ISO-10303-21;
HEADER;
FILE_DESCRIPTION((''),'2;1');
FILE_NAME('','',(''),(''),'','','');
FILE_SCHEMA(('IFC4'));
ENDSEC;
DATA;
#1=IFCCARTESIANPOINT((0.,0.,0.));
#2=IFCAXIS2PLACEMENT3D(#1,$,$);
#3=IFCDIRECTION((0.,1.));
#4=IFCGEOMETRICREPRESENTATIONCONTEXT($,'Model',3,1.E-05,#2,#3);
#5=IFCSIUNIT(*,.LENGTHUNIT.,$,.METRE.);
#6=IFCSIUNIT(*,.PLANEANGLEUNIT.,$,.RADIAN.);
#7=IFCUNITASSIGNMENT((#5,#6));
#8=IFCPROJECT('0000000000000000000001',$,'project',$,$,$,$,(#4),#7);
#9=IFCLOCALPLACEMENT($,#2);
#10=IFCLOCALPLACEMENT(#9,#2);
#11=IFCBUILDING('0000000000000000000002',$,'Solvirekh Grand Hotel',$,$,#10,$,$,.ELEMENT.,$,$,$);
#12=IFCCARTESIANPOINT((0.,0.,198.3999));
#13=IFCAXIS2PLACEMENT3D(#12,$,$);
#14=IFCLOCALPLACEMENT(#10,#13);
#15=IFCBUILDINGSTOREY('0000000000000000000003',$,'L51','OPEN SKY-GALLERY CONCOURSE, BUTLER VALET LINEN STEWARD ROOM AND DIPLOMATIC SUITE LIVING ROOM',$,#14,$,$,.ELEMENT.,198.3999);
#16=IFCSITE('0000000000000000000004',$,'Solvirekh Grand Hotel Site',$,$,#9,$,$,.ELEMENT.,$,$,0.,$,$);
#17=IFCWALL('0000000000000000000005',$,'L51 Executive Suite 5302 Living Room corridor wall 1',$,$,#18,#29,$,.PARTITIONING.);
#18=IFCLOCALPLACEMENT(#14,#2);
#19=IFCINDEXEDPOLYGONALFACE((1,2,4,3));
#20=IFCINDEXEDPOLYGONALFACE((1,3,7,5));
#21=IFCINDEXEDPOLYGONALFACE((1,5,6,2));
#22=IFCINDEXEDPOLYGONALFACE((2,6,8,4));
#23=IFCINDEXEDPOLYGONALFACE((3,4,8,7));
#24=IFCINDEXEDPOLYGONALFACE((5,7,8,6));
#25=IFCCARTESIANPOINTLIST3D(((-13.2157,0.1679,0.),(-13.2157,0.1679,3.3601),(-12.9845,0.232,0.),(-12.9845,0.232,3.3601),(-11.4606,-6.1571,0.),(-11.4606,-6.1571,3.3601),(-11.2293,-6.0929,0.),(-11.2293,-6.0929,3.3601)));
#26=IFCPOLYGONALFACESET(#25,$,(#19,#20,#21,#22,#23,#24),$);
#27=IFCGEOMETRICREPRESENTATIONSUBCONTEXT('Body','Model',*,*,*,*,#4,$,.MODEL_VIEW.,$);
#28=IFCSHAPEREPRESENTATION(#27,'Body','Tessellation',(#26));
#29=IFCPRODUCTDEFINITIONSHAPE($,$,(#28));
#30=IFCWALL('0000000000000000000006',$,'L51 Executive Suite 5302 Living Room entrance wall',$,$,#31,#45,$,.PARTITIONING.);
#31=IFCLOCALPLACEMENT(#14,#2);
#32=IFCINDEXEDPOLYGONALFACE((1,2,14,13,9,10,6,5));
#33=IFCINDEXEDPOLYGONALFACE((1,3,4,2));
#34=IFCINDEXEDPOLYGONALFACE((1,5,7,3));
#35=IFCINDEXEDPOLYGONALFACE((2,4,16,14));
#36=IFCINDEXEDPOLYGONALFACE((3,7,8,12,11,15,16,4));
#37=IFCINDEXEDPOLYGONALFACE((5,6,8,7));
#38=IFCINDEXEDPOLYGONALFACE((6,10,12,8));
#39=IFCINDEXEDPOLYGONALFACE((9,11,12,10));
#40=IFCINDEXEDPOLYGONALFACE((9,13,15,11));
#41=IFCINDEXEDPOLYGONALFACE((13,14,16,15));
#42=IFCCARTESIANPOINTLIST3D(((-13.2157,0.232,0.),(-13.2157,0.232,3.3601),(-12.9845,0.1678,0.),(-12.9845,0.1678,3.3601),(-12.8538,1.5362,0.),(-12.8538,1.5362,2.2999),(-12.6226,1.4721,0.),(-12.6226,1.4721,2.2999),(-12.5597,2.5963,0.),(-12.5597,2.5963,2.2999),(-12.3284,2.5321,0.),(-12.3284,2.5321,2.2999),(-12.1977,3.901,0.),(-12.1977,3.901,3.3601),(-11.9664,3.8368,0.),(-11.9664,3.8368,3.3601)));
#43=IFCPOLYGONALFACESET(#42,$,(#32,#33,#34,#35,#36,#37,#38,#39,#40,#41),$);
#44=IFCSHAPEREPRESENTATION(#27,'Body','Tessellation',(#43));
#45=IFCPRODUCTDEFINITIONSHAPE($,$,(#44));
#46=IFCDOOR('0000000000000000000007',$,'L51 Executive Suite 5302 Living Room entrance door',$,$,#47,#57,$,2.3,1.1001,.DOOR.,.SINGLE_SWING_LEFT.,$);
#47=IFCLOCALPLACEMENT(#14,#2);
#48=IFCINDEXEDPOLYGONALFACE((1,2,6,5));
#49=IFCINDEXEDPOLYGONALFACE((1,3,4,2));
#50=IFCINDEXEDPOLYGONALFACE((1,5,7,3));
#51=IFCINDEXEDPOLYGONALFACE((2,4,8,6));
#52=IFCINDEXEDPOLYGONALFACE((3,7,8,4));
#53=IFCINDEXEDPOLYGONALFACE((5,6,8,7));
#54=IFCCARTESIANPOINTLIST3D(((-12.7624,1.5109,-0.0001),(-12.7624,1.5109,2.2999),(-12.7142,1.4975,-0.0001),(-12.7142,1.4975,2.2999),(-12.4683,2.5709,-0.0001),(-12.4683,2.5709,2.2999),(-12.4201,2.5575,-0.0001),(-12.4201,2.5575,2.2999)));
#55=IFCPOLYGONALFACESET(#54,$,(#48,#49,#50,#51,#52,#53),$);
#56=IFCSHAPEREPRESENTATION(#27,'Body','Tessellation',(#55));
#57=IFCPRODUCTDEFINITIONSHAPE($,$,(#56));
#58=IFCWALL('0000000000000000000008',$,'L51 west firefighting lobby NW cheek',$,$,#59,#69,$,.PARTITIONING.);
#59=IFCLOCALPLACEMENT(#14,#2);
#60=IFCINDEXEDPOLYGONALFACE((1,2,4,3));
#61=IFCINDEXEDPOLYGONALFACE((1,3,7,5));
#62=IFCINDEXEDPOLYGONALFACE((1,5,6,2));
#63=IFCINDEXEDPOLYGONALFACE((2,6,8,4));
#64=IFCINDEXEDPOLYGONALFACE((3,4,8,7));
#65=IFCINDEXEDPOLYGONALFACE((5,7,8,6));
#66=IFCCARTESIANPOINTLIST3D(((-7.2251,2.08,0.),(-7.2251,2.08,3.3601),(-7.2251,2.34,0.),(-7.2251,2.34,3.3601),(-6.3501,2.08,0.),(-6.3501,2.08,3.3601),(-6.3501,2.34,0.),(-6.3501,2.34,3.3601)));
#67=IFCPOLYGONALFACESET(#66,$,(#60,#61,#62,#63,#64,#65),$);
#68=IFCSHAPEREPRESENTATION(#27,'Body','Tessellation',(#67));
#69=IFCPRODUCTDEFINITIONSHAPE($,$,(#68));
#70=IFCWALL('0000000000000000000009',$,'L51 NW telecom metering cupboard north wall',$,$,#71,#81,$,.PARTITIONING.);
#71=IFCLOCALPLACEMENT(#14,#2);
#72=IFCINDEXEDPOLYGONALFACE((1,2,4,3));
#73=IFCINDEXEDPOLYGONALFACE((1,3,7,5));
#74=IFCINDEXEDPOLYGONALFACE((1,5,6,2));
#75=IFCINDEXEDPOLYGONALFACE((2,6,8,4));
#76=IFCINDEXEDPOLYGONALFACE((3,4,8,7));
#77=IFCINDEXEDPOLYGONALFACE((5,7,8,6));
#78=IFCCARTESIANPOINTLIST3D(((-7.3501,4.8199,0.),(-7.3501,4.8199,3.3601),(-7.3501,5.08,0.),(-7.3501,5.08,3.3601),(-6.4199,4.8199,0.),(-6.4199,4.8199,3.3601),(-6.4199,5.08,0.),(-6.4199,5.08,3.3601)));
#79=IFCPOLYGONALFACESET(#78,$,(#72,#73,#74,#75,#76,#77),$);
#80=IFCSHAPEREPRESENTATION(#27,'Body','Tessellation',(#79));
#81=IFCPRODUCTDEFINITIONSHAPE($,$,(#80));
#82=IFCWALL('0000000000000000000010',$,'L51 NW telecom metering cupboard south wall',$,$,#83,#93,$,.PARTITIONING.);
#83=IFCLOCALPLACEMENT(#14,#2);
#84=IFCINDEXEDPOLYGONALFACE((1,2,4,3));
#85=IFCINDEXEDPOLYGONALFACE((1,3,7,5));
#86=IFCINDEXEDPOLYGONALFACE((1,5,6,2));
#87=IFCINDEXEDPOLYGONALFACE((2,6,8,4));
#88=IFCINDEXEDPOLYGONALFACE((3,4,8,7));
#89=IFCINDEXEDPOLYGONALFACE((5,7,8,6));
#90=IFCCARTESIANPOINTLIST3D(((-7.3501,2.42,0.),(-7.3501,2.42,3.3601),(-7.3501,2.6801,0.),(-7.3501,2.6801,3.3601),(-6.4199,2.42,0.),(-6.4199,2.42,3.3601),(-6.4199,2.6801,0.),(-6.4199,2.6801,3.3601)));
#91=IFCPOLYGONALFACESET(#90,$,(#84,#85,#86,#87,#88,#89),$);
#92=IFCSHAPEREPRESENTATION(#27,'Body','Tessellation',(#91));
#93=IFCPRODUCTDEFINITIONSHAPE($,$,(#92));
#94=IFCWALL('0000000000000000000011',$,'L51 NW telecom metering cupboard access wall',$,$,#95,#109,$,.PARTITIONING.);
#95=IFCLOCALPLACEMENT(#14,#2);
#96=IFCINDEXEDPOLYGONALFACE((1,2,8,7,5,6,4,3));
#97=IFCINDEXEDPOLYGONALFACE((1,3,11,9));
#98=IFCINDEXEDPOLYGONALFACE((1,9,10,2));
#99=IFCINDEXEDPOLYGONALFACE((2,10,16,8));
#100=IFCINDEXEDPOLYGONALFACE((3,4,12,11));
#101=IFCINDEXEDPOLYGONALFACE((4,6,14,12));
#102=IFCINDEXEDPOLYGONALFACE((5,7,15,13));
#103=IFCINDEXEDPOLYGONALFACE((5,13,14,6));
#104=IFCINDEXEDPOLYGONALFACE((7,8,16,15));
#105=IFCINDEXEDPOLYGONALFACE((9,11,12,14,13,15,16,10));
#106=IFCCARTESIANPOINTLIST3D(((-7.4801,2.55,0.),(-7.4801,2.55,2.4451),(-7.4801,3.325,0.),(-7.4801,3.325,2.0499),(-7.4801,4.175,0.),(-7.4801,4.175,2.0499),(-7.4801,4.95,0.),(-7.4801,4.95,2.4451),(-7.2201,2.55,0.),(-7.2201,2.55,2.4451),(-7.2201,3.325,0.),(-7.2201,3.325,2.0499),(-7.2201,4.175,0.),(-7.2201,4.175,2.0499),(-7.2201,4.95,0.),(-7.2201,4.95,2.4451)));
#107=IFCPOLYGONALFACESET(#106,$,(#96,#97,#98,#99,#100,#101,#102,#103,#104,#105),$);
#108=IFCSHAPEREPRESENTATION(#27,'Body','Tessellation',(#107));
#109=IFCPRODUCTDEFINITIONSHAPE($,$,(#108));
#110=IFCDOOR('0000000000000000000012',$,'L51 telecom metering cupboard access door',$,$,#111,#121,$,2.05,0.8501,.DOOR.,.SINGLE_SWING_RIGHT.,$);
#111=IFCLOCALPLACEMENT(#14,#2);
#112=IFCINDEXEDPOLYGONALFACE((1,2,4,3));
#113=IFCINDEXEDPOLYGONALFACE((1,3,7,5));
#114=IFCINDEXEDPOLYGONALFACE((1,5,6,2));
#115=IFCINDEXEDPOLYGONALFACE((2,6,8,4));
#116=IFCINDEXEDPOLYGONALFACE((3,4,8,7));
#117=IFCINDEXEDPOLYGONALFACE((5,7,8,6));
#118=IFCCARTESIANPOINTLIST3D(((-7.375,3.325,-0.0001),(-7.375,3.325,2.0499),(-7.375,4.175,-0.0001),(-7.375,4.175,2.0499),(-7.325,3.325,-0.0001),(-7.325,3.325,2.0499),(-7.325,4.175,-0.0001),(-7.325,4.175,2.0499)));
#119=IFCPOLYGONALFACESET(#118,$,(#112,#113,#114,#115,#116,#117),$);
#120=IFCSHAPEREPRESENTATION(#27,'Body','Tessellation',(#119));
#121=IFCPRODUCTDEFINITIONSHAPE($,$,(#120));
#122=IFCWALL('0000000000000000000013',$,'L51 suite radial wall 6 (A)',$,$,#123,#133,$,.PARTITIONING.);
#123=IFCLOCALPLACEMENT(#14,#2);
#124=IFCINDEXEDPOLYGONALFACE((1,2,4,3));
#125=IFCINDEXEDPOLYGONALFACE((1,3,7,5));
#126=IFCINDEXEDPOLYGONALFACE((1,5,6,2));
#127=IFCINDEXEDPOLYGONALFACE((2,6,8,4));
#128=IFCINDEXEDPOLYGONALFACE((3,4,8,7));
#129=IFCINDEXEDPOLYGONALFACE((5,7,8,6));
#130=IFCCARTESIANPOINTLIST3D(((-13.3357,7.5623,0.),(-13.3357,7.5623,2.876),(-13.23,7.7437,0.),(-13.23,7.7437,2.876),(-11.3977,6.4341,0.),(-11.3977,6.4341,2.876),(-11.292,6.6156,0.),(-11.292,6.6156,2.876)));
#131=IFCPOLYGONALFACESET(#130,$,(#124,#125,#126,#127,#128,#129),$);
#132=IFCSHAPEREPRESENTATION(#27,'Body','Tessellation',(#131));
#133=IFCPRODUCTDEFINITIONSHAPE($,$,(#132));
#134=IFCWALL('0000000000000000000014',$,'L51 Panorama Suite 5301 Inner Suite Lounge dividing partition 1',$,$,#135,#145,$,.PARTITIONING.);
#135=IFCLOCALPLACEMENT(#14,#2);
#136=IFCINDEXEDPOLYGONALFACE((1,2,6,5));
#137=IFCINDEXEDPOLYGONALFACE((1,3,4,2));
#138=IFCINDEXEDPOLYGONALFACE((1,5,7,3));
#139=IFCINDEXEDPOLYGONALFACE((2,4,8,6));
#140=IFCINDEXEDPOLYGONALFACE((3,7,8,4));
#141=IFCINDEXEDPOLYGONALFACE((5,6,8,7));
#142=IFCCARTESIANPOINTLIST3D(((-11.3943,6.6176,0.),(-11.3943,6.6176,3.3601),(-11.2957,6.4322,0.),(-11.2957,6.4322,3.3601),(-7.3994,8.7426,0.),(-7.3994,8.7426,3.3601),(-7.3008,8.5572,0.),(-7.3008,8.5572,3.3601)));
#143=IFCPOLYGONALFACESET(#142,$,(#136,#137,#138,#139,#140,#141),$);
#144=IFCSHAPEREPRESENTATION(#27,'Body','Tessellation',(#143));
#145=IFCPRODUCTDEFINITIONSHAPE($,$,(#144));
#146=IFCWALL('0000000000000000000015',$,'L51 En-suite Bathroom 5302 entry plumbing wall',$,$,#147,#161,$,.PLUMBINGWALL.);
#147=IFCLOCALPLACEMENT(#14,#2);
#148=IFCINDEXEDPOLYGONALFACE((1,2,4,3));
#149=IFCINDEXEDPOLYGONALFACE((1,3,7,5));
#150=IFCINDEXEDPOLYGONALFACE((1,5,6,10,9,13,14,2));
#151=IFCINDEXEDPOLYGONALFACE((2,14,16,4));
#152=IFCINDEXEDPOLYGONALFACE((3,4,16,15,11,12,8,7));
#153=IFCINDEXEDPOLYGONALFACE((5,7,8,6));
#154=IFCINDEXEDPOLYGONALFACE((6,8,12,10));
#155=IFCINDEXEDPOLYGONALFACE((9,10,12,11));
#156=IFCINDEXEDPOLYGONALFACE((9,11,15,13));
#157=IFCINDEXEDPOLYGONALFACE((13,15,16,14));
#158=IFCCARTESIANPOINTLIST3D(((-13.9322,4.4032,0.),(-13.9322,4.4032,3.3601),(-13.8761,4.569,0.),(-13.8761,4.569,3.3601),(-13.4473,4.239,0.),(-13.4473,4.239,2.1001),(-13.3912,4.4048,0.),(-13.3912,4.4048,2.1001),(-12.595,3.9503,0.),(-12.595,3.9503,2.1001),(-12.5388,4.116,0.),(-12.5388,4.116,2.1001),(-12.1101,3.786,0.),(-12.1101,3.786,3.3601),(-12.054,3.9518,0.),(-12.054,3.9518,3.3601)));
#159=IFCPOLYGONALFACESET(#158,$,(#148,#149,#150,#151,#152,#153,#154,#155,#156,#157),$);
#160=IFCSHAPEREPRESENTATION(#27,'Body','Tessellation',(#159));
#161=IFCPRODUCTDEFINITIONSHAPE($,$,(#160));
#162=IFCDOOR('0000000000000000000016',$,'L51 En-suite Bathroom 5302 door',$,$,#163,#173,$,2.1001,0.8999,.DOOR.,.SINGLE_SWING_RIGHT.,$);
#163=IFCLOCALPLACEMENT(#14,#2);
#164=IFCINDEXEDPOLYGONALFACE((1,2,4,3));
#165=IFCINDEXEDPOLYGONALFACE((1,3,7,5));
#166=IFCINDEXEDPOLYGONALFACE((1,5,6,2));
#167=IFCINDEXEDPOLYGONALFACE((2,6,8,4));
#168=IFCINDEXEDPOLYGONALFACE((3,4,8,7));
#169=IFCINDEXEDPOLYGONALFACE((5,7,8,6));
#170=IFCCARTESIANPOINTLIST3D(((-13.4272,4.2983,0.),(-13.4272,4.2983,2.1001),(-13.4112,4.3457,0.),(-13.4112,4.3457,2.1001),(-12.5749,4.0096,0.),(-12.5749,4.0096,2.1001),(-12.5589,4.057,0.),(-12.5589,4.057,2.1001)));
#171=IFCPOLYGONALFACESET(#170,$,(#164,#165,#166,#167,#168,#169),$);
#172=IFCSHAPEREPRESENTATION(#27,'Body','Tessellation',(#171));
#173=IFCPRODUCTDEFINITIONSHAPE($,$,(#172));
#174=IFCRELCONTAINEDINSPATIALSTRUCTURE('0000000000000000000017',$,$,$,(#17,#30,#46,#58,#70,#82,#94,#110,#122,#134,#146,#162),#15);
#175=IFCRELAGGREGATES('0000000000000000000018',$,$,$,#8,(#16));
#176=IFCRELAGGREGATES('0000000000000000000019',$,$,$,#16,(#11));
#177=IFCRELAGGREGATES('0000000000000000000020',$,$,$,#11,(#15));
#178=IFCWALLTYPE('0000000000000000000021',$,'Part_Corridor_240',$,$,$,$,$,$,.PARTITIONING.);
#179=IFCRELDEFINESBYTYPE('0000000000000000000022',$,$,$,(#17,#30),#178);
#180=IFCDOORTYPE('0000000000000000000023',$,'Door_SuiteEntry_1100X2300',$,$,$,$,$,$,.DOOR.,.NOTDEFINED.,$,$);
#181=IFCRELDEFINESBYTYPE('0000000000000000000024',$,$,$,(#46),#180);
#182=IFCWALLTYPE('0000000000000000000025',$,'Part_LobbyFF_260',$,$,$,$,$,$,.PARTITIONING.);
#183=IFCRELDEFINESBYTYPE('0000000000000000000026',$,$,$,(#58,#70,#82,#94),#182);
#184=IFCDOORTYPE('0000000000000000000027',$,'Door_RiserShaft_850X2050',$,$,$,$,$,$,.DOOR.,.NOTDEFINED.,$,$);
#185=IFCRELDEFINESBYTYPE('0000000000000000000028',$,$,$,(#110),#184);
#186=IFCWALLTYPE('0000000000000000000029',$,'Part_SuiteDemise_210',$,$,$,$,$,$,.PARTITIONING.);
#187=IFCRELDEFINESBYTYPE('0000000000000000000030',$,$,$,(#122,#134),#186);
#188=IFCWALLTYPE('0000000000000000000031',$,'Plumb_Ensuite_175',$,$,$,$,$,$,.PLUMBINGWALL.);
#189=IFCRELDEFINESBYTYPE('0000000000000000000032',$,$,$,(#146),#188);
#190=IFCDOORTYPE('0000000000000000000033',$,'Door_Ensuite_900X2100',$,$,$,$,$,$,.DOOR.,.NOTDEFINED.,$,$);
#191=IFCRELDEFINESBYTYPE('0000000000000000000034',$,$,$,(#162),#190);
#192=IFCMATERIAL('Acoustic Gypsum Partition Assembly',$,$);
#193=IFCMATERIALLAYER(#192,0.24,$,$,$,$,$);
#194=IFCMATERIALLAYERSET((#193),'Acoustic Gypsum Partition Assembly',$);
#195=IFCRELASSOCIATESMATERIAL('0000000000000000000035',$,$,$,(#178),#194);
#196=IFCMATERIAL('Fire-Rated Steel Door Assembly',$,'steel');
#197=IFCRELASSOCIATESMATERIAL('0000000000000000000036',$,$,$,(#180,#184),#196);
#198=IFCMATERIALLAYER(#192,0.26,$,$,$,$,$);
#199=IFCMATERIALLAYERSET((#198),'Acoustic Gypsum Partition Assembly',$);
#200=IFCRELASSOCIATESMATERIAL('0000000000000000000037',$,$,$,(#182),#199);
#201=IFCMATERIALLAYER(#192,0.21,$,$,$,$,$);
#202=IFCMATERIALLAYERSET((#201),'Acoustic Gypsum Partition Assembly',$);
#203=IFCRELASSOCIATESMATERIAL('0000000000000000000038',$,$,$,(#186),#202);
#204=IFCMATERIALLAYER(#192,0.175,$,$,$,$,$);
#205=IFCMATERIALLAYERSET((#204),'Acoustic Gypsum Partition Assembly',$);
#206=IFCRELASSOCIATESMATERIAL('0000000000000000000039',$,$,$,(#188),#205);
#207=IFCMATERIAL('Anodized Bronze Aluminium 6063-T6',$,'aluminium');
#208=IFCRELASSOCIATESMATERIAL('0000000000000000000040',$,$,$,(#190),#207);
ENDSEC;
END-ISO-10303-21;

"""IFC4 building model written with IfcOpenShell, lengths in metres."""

from ifc_helpers import new_model, si_unit, direction, frame, frame_2d, origin, place, context, subcontext, project, spatial, rectangle, extrude, material, layer, layer_set, type_object, element, fill, save


model = new_model("IFC4")

# Units and contexts
model_context = context("Model", 3, precision=1e-05, world=origin(), true_north=direction((0.0, 1.0)))
body_context = subcontext(model_context, "Body", "Model", "MODEL_VIEW")
ifc_project = project(units=[si_unit("LENGTHUNIT", "METRE"), si_unit("PLANEANGLEUNIT", "RADIAN")], contexts=[model_context])

# Site, building, storey
site_placement = place(None, origin())
site = spatial("IfcSite", under=ifc_project, at=site_placement, Name="Solvirekh Grand Hotel Site", CompositionType="ELEMENT", RefElevation=0.0)
building_placement = place(site_placement, origin())
building = spatial("IfcBuilding", under=site, at=building_placement, Name="Solvirekh Grand Hotel", CompositionType="ELEMENT")
storey_placement = place(building_placement, frame((0.0, 0.0, 198.3999)))
storey = spatial("IfcBuildingStorey", under=building, at=storey_placement, Name="L51", Description="OPEN SKY-GALLERY CONCOURSE, BUTLER VALET LINEN STEWARD ROOM AND DIPLOMATIC SUITE LIVING ROOM", CompositionType="ELEMENT", Elevation=198.3999)

# Shared definitions
ifc_material_1 = material(Name="Anodized Bronze Aluminium 6063-T6", Category="aluminium")

# Shared definitions
ifc_material_2 = material(Name="Fire-Rated Steel Door Assembly", Category="steel")

# Wall
ifc_material_3 = material(Name="Acoustic Gypsum Partition Assembly")
ifc_layer_1 = layer(ifc_material_3, 0.24)
ifc_layer_set_1 = layer_set([ifc_layer_1], Name="Acoustic Gypsum Partition Assembly")
wall_type_1 = type_object("IfcWallType", Name="Part_Corridor_240", PredefinedType="PARTITIONING", material=ifc_layer_set_1)
wall_1_placement = place(storey_placement, frame((-13.1001, 0.2, 0.0), z_axis=(0.0, 0.0, 1.0), x_axis=(0.267389, -0.963589, 0.0)))
element("IfcWall", 1, at=wall_1_placement, inside=storey, type_object=wall_type_1, Name="L51 Executive Suite 5302 Living Room corridor wall 1", PredefinedType="PARTITIONING", context=body_context, shape_type="SweptSolid", body=[
    extrude(rectangle(XDim=6.564, YDim=0.24, at=frame_2d((3.282, 0.0))), origin(), (0.0, 0.0, 1.0), 3.3601),
])

# Wall, opening, door
wall_2_placement = place(storey_placement, frame((-12.082, 3.8689, 0.0), z_axis=(0.0, 0.0, 1.0), x_axis=(-0.267379, -0.963591, 0.0)))
wall_2 = element("IfcWall", 2, at=wall_2_placement, inside=storey, type_object=wall_type_1, Name="L51 Executive Suite 5302 Living Room entrance wall", PredefinedType="PARTITIONING", context=body_context, shape_type="SweptSolid", body=[
    extrude(rectangle(XDim=3.8076, YDim=0.24, at=frame_2d((1.9038, 0.0))), origin(), (0.0, 0.0, 1.0), 3.3601),
])
opening_1_placement = place(wall_2_placement, frame((1.354, 0.0, 0.0)))
opening_1 = element("IfcOpeningElement", 3, at=opening_1_placement, cuts=wall_2, PredefinedType="OPENING", context=body_context, shape_type="SweptSolid", body=[
    extrude(rectangle(XDim=1.1001, YDim=2.3, at=frame_2d((0.55, 1.1499))), frame((0.0, 0.1299, 0.0), z_axis=(0.0, -1.0, 0.0), x_axis=(1.0, 0.0, 0.0)), (0.0, 0.0, 1.0), 0.26),
])
door_type_1 = type_object("IfcDoorType", Name="Door_SuiteEntry_1100X2300", OperationType="NOTDEFINED", PredefinedType="DOOR", material=ifc_material_2)
door_1_placement = place(opening_1_placement, origin())
door_1 = element("IfcDoor", 4, at=door_1_placement, inside=storey, type_object=door_type_1, Name="L51 Executive Suite 5302 Living Room entrance door", OperationType="SINGLE_SWING_LEFT", OverallHeight=2.3, OverallWidth=1.1001, PredefinedType="DOOR", context=body_context, shape_type="SweptSolid", body=[
    extrude(rectangle(XDim=1.1001, YDim=2.3, at=frame_2d((0.55, 1.1499))), frame((0.0, 0.0249, 0.0), z_axis=(0.0, -1.0, 0.0), x_axis=(1.0, 0.0, 0.0)), (0.0, 0.0, 1.0), 0.05),
])
fill(opening_1, door_1)

# Walls
ifc_layer_2 = layer(ifc_material_3, 0.26)
ifc_layer_set_2 = layer_set([ifc_layer_2], Name="Acoustic Gypsum Partition Assembly")
wall_type_2 = type_object("IfcWallType", Name="Part_LobbyFF_260", PredefinedType="PARTITIONING", material=ifc_layer_set_2)
wall_3_placement = place(storey_placement, frame((-7.2251, 2.21, 0.0), z_axis=(0.0, 0.0, 1.0), x_axis=(1.0, 0.0, 0.0)))
element("IfcWall", 5, at=wall_3_placement, inside=storey, type_object=wall_type_2, Name="L51 west firefighting lobby NW cheek", PredefinedType="PARTITIONING", context=body_context, shape_type="SweptSolid", body=[
    extrude(rectangle(XDim=0.875, YDim=0.26, at=frame_2d((0.4375, 0.0))), origin(), (0.0, 0.0, 1.0), 3.3601),
])
for number, where, z_axis, x_axis, name in (
    (6, (-7.3501, 4.95, 0.0), (0.0, 0.0, 1.0), (1.0, 0.0, 0.0), "L51 NW telecom metering cupboard north wall"),
    (7, (-7.3501, 2.55, 0.0), (0.0, 0.0, 1.0), (1.0, 0.0, 0.0), "L51 NW telecom metering cupboard south wall"),
):
    element("IfcWall", number, at=place(storey_placement, frame(where, z_axis=z_axis, x_axis=x_axis)), inside=storey, type_object=wall_type_2, Name=name, PredefinedType="PARTITIONING", context=body_context, shape_type="SweptSolid", body=[
        extrude(rectangle(XDim=0.9302, YDim=0.26, at=frame_2d((0.4651, 0.0))), origin(), (0.0, 0.0, 1.0), 3.3601),
    ])

# Wall, opening, door
wall_4_placement = place(storey_placement, frame((-7.3501, 2.55, 0.0), z_axis=(0.0, 0.0, 1.0), x_axis=(0.0, 1.0, 0.0)))
wall_4 = element("IfcWall", 8, at=wall_4_placement, inside=storey, type_object=wall_type_2, Name="L51 NW telecom metering cupboard access wall", PredefinedType="PARTITIONING", context=body_context, shape_type="SweptSolid", body=[
    extrude(rectangle(XDim=2.3999, YDim=0.26, at=frame_2d((1.2, 0.0))), origin(), (0.0, 0.0, 1.0), 2.4451),
])
opening_2_placement = place(wall_4_placement, frame((0.7749, 0.0, 0.0)))
opening_2 = element("IfcOpeningElement", 9, at=opening_2_placement, cuts=wall_4, PredefinedType="OPENING", context=body_context, shape_type="SweptSolid", body=[
    extrude(rectangle(XDim=0.8501, YDim=2.05, at=frame_2d((0.425, 1.0249))), frame((0.0, 0.1401, 0.0), z_axis=(0.0, -1.0, 0.0), x_axis=(1.0, 0.0, 0.0)), (0.0, 0.0, 1.0), 0.28),
])
door_type_2 = type_object("IfcDoorType", Name="Door_RiserShaft_850X2050", OperationType="NOTDEFINED", PredefinedType="DOOR", material=ifc_material_2)
door_2_placement = place(opening_2_placement, origin())
door_2 = element("IfcDoor", 10, at=door_2_placement, inside=storey, type_object=door_type_2, Name="L51 telecom metering cupboard access door", OperationType="SINGLE_SWING_RIGHT", OverallHeight=2.05, OverallWidth=0.8501, PredefinedType="DOOR", context=body_context, shape_type="SweptSolid", body=[
    extrude(rectangle(XDim=0.8501, YDim=2.05, at=frame_2d((0.425, 1.0249))), frame((0.0, 0.0249, 0.0), z_axis=(0.0, -1.0, 0.0), x_axis=(1.0, 0.0, 0.0)), (0.0, 0.0, 1.0), 0.05),
])
fill(opening_2, door_2)

# Walls
ifc_layer_3 = layer(ifc_material_3, 0.21)
ifc_layer_set_3 = layer_set([ifc_layer_3], Name="Acoustic Gypsum Partition Assembly")
wall_type_3 = type_object("IfcWallType", Name="Part_SuiteDemise_210", PredefinedType="PARTITIONING", material=ifc_layer_set_3)
wall_5_placement = place(storey_placement, frame((-11.345, 6.5249, 0.0), z_axis=(0.0, 0.0, 1.0), x_axis=(-0.864229, 0.503099, 0.0)))
element("IfcWall", 11, at=wall_5_placement, inside=storey, type_object=wall_type_3, Name="L51 suite radial wall 6 (A)", PredefinedType="PARTITIONING", context=body_context, shape_type="SweptSolid", body=[
    extrude(rectangle(XDim=2.2424, YDim=0.21, at=frame_2d((1.1211, 0.0))), origin(), (0.0, 0.0, 1.0), 2.876),
])
wall_6_placement = place(storey_placement, frame((-11.345, 6.5249, 0.0), z_axis=(0.0, 0.0, 1.0), x_axis=(0.882866, 0.469625, 0.0)))
element("IfcWall", 12, at=wall_6_placement, inside=storey, type_object=wall_type_3, Name="L51 Panorama Suite 5301 Inner Suite Lounge dividing partition 1", PredefinedType="PARTITIONING", context=body_context, shape_type="SweptSolid", body=[
    extrude(rectangle(XDim=4.5249, YDim=0.21, at=frame_2d((2.2625, 0.0))), origin(), (0.0, 0.0, 1.0), 3.3601),
])

# Wall, opening, door
ifc_layer_4 = layer(ifc_material_3, 0.175)
ifc_layer_set_4 = layer_set([ifc_layer_4], Name="Acoustic Gypsum Partition Assembly")
wall_type_4 = type_object("IfcWallType", Name="Plumb_Ensuite_175", PredefinedType="PLUMBINGWALL", material=ifc_layer_set_4)
wall_7_placement = place(storey_placement, frame((-12.082, 3.8689, 0.0), z_axis=(0.0, 0.0, 1.0), x_axis=(-0.947136, 0.320831, 0.0)))
wall_7 = element("IfcWall", 13, at=wall_7_placement, inside=storey, type_object=wall_type_4, Name="L51 En-suite Bathroom 5302 entry plumbing wall", PredefinedType="PLUMBINGWALL", context=body_context, shape_type="SweptSolid", body=[
    extrude(rectangle(XDim=1.9238, YDim=0.175, at=frame_2d((0.9619, 0.0))), origin(), (0.0, 0.0, 1.0), 3.3601),
])
opening_3_placement = place(wall_7_placement, frame((0.512, 0.0, 0.0)))
opening_3 = element("IfcOpeningElement", 14, at=opening_3_placement, cuts=wall_7, PredefinedType="OPENING", context=body_context, shape_type="SweptSolid", body=[
    extrude(rectangle(XDim=0.8999, YDim=2.1001, at=frame_2d((0.45, 1.05))), frame((0.0, 0.0977, 0.0), z_axis=(0.0, -1.0, 0.0), x_axis=(1.0, 0.0, 0.0)), (0.0, 0.0, 1.0), 0.1951),
])
door_type_3 = type_object("IfcDoorType", Name="Door_Ensuite_900X2100", OperationType="NOTDEFINED", PredefinedType="DOOR", material=ifc_material_1)
door_3_placement = place(opening_3_placement, origin())
door_3 = element("IfcDoor", 15, at=door_3_placement, inside=storey, type_object=door_type_3, Name="L51 En-suite Bathroom 5302 door", OperationType="SINGLE_SWING_RIGHT", OverallHeight=2.1001, OverallWidth=0.8999, PredefinedType="DOOR", context=body_context, shape_type="SweptSolid", body=[
    extrude(rectangle(XDim=0.8999, YDim=2.1001, at=frame_2d((0.45, 1.05))), frame((0.0, 0.0249, 0.0), z_axis=(0.0, -1.0, 0.0), x_axis=(1.0, 0.0, 0.0)), (0.0, 0.0, 1.0), 0.05),
])
fill(opening_3, door_3)

save(model, "model.ifc")
